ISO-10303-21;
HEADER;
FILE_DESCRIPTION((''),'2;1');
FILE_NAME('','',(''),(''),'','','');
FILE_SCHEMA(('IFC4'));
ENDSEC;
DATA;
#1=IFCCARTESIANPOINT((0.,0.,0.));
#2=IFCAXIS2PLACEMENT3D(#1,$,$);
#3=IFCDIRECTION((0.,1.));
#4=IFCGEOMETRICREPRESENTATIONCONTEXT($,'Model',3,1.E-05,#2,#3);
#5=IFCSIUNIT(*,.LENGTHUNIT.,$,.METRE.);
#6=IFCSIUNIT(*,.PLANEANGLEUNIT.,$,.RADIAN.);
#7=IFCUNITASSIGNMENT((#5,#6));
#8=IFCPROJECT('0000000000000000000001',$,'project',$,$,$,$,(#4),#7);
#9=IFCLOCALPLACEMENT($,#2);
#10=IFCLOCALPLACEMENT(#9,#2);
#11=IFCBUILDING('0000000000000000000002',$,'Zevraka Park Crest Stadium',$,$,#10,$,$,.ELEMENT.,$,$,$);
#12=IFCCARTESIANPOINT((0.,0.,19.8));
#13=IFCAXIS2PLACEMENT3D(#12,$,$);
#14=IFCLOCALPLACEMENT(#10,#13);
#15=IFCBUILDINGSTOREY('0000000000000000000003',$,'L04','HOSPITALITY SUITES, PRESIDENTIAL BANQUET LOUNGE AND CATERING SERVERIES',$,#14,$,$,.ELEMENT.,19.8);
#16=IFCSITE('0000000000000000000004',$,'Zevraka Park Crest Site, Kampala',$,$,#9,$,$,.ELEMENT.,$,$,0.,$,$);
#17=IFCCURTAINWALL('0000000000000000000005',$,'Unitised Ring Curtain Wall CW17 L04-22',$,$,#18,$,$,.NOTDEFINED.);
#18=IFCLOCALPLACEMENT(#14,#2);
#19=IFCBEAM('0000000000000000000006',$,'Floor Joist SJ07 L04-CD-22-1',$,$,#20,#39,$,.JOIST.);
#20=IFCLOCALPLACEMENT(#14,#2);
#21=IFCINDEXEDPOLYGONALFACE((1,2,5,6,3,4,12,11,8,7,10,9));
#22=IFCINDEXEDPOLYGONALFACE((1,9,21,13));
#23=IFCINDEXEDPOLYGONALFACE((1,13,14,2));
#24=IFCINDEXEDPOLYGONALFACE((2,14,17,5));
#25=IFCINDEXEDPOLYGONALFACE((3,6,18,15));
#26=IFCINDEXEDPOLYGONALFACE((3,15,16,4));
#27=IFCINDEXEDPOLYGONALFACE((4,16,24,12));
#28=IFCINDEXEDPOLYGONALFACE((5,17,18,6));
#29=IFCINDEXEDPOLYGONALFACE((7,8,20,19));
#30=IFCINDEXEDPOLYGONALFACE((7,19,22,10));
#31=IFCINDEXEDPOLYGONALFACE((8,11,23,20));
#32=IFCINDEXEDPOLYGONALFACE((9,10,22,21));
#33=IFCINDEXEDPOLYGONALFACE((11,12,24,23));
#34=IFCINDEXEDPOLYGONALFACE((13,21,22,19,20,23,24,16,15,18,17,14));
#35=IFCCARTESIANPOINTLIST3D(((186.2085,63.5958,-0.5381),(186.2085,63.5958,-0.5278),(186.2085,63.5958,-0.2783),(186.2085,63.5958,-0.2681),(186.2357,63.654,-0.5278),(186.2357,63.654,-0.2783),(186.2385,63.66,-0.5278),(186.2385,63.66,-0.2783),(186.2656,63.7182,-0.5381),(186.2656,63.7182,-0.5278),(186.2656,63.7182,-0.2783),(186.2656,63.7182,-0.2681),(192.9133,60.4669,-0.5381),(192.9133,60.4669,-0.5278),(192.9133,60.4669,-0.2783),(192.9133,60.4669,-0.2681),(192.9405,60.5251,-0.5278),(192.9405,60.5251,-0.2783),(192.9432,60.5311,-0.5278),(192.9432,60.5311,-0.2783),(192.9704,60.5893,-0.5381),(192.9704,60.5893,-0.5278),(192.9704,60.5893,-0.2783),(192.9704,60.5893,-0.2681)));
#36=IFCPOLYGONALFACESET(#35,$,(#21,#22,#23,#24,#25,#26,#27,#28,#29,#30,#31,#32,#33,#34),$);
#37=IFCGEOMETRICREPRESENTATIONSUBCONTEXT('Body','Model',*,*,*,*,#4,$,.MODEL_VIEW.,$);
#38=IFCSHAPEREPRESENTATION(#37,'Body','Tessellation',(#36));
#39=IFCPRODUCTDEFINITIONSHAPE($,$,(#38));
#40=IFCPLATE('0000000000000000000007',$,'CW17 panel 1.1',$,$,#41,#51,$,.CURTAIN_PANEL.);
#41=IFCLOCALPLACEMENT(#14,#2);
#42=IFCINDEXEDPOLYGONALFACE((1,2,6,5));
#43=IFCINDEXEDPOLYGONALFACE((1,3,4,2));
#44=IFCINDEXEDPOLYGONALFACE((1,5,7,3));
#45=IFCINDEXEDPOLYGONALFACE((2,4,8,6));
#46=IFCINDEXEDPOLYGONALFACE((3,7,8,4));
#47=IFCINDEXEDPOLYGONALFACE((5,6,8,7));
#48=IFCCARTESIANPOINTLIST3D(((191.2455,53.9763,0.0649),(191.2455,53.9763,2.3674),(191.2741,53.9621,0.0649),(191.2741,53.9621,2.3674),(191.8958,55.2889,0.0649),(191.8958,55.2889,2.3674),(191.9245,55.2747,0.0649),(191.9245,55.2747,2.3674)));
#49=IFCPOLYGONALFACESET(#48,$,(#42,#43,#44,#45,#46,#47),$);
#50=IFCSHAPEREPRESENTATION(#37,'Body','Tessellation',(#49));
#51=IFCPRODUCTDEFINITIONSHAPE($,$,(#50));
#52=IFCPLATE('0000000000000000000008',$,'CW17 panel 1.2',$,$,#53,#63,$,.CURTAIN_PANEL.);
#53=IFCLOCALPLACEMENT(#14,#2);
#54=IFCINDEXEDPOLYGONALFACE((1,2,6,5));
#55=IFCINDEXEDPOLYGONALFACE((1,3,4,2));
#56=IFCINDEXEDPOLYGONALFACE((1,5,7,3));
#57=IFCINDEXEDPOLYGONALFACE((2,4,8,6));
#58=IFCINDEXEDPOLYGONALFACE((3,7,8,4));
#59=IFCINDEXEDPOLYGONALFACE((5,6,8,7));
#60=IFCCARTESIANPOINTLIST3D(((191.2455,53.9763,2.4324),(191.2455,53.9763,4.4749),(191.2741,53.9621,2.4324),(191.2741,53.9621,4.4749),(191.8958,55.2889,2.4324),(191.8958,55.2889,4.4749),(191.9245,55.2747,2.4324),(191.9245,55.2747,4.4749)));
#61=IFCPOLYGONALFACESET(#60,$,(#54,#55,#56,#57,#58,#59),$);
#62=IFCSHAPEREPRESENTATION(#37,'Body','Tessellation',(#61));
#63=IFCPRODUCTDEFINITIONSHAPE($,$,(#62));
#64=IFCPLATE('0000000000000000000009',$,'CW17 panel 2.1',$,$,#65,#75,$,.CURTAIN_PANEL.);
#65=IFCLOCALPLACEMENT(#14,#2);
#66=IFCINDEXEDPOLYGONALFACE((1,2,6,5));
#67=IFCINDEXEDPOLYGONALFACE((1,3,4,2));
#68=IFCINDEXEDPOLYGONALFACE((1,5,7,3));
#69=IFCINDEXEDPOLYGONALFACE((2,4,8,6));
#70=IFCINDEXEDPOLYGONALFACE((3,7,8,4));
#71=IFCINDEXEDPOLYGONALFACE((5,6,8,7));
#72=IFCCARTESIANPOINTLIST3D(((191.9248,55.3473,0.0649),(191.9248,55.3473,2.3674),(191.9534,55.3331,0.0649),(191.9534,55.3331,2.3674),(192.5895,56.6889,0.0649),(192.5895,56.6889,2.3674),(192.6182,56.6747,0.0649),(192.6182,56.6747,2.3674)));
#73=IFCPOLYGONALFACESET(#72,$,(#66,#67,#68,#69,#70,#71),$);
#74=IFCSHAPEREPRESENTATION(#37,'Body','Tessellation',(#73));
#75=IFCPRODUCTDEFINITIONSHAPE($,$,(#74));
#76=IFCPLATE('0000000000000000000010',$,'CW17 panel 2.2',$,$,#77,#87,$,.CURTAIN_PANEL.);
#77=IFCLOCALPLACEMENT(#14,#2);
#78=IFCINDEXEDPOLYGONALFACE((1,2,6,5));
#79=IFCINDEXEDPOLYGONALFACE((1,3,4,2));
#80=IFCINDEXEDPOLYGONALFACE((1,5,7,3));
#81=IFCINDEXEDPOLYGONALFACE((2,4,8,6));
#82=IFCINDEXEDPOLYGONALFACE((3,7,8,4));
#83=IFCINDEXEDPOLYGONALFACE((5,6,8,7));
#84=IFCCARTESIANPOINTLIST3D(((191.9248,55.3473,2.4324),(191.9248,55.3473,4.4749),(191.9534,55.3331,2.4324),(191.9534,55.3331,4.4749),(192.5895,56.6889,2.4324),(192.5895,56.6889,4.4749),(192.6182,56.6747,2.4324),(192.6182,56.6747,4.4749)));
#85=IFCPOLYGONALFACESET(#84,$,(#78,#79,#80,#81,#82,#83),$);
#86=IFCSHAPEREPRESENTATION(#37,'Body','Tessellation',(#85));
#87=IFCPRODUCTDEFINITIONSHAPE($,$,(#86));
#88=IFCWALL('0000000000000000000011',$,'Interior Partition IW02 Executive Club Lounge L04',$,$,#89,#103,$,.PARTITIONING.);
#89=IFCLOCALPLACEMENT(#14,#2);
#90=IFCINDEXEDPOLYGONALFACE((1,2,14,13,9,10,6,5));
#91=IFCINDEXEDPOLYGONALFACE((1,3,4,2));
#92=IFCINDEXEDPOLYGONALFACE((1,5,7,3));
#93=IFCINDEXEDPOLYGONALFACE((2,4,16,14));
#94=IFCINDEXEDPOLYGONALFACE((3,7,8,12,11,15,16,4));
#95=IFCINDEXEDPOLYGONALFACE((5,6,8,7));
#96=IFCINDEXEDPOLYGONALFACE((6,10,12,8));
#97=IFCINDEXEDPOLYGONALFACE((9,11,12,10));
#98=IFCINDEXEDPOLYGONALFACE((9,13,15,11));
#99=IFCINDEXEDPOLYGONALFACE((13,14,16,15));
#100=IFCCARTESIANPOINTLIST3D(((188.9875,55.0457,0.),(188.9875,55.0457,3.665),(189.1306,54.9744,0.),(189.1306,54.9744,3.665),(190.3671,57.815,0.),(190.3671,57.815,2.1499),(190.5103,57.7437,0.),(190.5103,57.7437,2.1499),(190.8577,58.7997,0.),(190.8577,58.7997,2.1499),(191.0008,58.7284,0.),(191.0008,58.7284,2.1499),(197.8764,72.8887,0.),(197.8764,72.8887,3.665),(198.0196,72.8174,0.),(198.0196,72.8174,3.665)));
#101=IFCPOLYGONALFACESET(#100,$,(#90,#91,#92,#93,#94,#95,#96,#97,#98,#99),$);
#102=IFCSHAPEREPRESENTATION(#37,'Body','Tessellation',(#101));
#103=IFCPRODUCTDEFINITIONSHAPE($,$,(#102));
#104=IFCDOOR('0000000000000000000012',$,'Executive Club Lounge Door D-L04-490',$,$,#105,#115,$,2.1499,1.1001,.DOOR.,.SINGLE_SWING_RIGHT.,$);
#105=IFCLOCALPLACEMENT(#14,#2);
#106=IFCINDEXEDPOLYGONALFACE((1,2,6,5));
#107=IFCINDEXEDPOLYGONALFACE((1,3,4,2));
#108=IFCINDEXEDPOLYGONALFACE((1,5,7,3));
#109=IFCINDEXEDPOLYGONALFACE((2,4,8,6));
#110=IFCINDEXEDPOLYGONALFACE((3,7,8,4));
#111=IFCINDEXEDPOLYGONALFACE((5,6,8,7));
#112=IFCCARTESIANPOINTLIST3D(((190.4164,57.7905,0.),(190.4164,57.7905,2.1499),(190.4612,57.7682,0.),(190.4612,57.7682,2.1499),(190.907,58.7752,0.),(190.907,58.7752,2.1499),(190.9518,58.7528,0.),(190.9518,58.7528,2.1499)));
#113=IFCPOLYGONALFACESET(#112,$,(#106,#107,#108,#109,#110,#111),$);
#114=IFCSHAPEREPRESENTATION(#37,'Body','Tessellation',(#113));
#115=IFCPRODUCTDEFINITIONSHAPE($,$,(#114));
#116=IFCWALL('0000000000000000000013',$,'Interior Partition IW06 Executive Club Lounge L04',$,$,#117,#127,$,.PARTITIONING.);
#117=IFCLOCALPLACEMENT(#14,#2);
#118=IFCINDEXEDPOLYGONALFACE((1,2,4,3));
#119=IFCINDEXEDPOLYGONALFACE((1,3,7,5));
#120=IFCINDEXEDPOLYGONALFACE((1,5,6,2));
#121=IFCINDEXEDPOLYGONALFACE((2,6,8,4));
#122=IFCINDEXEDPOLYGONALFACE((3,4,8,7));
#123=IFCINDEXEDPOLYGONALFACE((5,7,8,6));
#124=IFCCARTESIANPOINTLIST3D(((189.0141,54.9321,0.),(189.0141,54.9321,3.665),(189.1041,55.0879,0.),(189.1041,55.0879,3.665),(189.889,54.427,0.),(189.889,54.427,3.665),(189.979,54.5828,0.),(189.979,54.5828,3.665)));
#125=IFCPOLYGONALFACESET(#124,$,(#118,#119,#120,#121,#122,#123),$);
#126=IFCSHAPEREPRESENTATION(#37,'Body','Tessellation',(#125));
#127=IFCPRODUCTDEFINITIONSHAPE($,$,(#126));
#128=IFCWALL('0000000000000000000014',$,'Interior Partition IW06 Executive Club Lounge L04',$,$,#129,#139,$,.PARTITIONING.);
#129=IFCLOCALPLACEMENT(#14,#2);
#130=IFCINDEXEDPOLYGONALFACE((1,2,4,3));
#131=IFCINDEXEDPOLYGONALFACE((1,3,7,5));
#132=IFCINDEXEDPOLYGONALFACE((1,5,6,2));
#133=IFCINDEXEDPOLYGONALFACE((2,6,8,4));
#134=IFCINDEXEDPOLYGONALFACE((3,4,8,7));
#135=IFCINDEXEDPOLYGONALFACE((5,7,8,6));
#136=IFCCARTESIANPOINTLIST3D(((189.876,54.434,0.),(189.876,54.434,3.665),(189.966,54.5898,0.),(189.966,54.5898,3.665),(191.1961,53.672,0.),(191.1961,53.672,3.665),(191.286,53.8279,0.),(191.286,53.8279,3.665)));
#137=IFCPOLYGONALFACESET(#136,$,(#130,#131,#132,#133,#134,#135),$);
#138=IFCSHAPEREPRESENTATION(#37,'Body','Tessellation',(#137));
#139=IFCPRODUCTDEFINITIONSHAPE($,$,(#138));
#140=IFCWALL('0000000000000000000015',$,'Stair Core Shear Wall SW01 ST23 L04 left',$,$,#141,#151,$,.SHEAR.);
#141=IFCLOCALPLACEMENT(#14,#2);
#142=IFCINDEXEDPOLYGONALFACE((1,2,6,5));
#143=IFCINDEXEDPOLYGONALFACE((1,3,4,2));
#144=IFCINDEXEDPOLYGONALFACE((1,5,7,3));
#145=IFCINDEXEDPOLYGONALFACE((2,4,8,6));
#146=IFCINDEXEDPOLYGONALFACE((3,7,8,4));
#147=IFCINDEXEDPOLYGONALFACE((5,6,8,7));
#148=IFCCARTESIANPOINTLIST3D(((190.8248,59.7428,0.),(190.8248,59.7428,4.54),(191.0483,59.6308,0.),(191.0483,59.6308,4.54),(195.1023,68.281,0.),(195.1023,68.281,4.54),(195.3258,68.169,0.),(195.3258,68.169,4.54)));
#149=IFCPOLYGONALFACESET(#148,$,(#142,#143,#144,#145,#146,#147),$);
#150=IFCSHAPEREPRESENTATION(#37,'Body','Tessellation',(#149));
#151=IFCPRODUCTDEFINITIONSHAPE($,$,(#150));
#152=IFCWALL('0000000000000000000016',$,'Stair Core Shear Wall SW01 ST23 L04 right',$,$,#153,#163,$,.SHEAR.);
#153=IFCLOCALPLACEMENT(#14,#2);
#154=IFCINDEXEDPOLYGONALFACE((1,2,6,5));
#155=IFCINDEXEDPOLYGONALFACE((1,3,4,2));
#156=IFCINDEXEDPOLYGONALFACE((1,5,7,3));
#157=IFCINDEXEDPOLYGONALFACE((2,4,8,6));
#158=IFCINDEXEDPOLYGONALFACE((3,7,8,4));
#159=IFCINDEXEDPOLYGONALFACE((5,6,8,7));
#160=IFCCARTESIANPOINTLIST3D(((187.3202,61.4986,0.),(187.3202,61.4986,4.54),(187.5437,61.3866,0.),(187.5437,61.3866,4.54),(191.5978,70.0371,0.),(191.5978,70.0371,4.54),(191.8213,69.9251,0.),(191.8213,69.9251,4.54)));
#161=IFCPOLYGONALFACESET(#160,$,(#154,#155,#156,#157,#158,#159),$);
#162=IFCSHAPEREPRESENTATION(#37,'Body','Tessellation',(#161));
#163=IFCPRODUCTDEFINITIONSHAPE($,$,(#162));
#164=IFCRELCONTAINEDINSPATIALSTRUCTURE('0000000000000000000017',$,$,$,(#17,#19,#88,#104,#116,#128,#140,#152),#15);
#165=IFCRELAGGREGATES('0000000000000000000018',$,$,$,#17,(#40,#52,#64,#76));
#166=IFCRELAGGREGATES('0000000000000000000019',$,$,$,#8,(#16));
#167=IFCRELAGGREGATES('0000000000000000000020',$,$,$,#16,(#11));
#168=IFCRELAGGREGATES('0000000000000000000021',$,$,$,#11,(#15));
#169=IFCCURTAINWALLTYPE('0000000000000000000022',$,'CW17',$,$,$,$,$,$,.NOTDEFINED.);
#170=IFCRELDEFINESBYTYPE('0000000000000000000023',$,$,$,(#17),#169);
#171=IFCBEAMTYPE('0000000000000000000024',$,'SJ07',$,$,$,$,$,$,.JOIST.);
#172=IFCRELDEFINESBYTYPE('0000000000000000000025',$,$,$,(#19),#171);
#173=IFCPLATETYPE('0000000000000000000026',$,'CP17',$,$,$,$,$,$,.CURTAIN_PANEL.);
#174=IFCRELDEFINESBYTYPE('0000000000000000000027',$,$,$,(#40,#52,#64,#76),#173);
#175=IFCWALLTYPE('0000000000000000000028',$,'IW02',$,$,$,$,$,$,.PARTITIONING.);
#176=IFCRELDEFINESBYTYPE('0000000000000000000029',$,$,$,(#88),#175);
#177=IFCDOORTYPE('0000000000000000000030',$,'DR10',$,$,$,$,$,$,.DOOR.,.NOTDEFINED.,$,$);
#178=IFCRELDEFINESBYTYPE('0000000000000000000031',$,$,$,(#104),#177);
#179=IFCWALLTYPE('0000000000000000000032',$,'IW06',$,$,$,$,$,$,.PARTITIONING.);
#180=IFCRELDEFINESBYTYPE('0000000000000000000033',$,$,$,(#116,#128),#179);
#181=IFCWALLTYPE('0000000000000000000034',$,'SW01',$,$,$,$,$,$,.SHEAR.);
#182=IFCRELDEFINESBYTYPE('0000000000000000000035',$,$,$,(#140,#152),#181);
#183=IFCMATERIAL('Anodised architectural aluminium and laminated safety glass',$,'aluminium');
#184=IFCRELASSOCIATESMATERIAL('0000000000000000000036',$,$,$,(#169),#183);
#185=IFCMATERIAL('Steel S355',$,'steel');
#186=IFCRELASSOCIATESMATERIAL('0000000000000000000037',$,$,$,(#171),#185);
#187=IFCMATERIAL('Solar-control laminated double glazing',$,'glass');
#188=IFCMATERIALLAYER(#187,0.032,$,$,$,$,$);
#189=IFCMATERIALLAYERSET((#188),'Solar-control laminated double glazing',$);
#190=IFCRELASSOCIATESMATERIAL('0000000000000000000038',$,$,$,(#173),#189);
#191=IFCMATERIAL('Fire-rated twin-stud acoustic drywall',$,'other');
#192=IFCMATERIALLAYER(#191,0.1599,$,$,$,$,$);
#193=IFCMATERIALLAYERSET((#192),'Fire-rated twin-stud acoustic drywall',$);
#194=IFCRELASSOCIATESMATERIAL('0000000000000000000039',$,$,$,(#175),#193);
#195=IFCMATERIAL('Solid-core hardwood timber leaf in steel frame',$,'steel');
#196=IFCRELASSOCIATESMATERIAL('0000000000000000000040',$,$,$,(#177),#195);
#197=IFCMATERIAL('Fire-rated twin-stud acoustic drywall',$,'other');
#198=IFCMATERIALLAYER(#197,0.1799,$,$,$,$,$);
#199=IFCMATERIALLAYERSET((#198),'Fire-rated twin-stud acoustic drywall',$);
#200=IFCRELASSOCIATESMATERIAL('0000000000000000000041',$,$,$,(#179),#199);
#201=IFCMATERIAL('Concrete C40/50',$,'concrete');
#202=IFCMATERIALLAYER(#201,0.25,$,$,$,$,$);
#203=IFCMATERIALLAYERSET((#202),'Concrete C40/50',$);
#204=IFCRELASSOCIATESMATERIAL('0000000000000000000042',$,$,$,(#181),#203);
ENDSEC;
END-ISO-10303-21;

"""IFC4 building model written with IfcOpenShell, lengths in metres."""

from ifc_helpers import new_model, si_unit, direction, frame, frame_2d, origin, origin_2d, place, context, subcontext, project, spatial, rectangle, i_section, extrude, material, layer, layer_set, material_profile, profile_set, type_object, element, fill, aggregate, save


model = new_model("IFC4")

# Units and contexts
model_context = context("Model", 3, precision=1e-05, world=origin(), true_north=direction((0.0, 1.0)))
body_context = subcontext(model_context, "Body", "Model", "MODEL_VIEW")
ifc_project = project(units=[si_unit("LENGTHUNIT", "METRE"), si_unit("PLANEANGLEUNIT", "RADIAN")], contexts=[model_context])

# Site, building, storey
site_placement = place(None, origin())
site = spatial("IfcSite", under=ifc_project, at=site_placement, Name="Zevraka Park Crest Site, Kampala", CompositionType="ELEMENT", RefElevation=0.0)
building_placement = place(site_placement, origin())
building = spatial("IfcBuilding", under=site, at=building_placement, Name="Zevraka Park Crest Stadium", CompositionType="ELEMENT")
storey_placement = place(building_placement, frame((0.0, 0.0, 19.8)))
storey = spatial("IfcBuildingStorey", under=building, at=storey_placement, Name="L04", Description="HOSPITALITY SUITES, PRESIDENTIAL BANQUET LOUNGE AND CATERING SERVERIES", CompositionType="ELEMENT", Elevation=19.8)

# Curtain wall
ifc_material_1 = material(Name="Anodised architectural aluminium and laminated safety glass", Category="aluminium")
curtain_wall_type = type_object("IfcCurtainWallType", Name="CW17", PredefinedType="NOTDEFINED", material=ifc_material_1)
curtain_wall_placement = place(storey_placement, origin())
curtain_wall = element("IfcCurtainWall", 1, at=curtain_wall_placement, inside=storey, type_object=curtain_wall_type, Name="Unitised Ring Curtain Wall CW17 L04-22", PredefinedType="NOTDEFINED")

# Beam
ifc_material_2 = material(Name="Steel S355", Category="steel")
ifc_material_profile_1 = material_profile(ifc_material_2, i_section(OverallWidth=0.135, OverallDepth=0.27, WebThickness=0.0066, FlangeThickness=0.0103, at=origin_2d()), Name="IPE 270")
ifc_profile_set_1 = profile_set([ifc_material_profile_1], Name="Steel S355")
beam_type_1 = type_object("IfcBeamType", Name="SJ07", PredefinedType="JOIST", material=ifc_profile_set_1)
beam_1_placement = place(storey_placement, frame((186.2371, 63.657, -0.4031), z_axis=(0.906184, -0.422884, 0.0), x_axis=(0.422884, 0.906184, 0.0)))
element("IfcBeam", 2, at=beam_1_placement, inside=storey, type_object=beam_type_1, Name="Floor Joist SJ07 L04-CD-22-1", PredefinedType="JOIST", context=body_context, shape_type="SweptSolid", body=[
    extrude(i_section(OverallWidth=0.135, OverallDepth=0.27, WebThickness=0.0066, FlangeThickness=0.0103, at=origin_2d()), origin(), (0.0, 0.0, 1.0), 7.3989),
])

# Plates
ifc_material_3 = material(Name="Solar-control laminated double glazing", Category="glass")
ifc_layer_1 = layer(ifc_material_3, 0.032)
ifc_layer_set_1 = layer_set([ifc_layer_1], Name="Solar-control laminated double glazing")
plate_type = type_object("IfcPlateType", Name="CP17", PredefinedType="CURTAIN_PANEL", material=ifc_layer_set_1)
plate_1_placement = place(storey_placement, frame((191.585, 54.6255, 0.0649), z_axis=(0.0, 0.0, 1.0), x_axis=(0.443961, 0.896046, 0.0)))
plate_1 = element("IfcPlate", 3, at=plate_1_placement, type_object=plate_type, Name="CW17 panel 1.1", PredefinedType="CURTAIN_PANEL", context=body_context, shape_type="SweptSolid", body=[
    extrude(rectangle(XDim=1.4648, YDim=0.032, at=origin_2d()), origin(), (0.0, 0.0, 1.0), 2.3025),
])
plate_2_placement = place(storey_placement, frame((191.585, 54.6255, 2.4324), z_axis=(0.0, 0.0, 1.0), x_axis=(0.443961, 0.896046, 0.0)))
plate_2 = element("IfcPlate", 4, at=plate_2_placement, type_object=plate_type, Name="CW17 panel 1.2", PredefinedType="CURTAIN_PANEL", context=body_context, shape_type="SweptSolid", body=[
    extrude(rectangle(XDim=1.4648, YDim=0.032, at=origin_2d()), origin(), (0.0, 0.0, 1.0), 2.0425),
])
plate_3_placement = place(storey_placement, frame((192.2715, 56.011, 0.0649), z_axis=(0.0, 0.0, 1.0), x_axis=(0.443961, 0.896046, 0.0)))
plate_3 = element("IfcPlate", 5, at=plate_3_placement, type_object=plate_type, Name="CW17 panel 2.1", PredefinedType="CURTAIN_PANEL", context=body_context, shape_type="SweptSolid", body=[
    extrude(rectangle(XDim=1.4973, YDim=0.032, at=origin_2d()), origin(), (0.0, 0.0, 1.0), 2.3025),
])
plate_4_placement = place(storey_placement, frame((192.2715, 56.011, 2.4324), z_axis=(0.0, 0.0, 1.0), x_axis=(0.443961, 0.896046, 0.0)))
plate_4 = element("IfcPlate", 6, at=plate_4_placement, type_object=plate_type, Name="CW17 panel 2.2", PredefinedType="CURTAIN_PANEL", context=body_context, shape_type="SweptSolid", body=[
    extrude(rectangle(XDim=1.4973, YDim=0.032, at=origin_2d()), origin(), (0.0, 0.0, 1.0), 2.0425),
])
aggregate(curtain_wall, [plate_1, plate_2, plate_3, plate_4])

# Wall, opening, door
ifc_material_4 = material(Name="Fire-rated twin-stud acoustic drywall", Category="other")
ifc_layer_2 = layer(ifc_material_4, 0.1599)
ifc_layer_set_2 = layer_set([ifc_layer_2], Name="Fire-rated twin-stud acoustic drywall")
wall_type_1 = type_object("IfcWallType", Name="IW02", PredefinedType="PARTITIONING", material=ifc_layer_set_2)
wall_1_placement = place(storey_placement, frame((189.0591, 55.01, 0.0), z_axis=(0.0, 0.0, 1.0), x_axis=(0.445905, 0.89508, 0.0)))
wall_1 = element("IfcWall", 7, at=wall_1_placement, inside=storey, type_object=wall_type_1, Name="Interior Partition IW02 Executive Club Lounge L04", PredefinedType="PARTITIONING", context=body_context, shape_type="SweptSolid", body=[
    extrude(rectangle(XDim=19.9346, YDim=0.1599, at=frame_2d((9.9673, 0.0))), origin(), (0.0, 0.0, 1.0), 3.665),
])
opening_1_placement = place(wall_1_placement, frame((3.094, 0.0, 0.0)))
opening_1 = element("IfcOpeningElement", 8, at=opening_1_placement, cuts=wall_1, PredefinedType="OPENING", context=body_context, shape_type="SweptSolid", body=[
    extrude(rectangle(XDim=1.1001, YDim=2.1499, at=frame_2d((0.55, 1.075))), frame((0.0, 0.0898, 0.0), z_axis=(0.0, -1.0, 0.0), x_axis=(1.0, 0.0, 0.0)), (0.0, 0.0, 1.0), 0.1799),
])
ifc_material_5 = material(Name="Solid-core hardwood timber leaf in steel frame", Category="steel")
door_type_1 = type_object("IfcDoorType", Name="DR10", OperationType="NOTDEFINED", PredefinedType="DOOR", material=ifc_material_5)
door_1_placement = place(opening_1_placement, origin())
door_1 = element("IfcDoor", 9, at=door_1_placement, inside=storey, type_object=door_type_1, Name="Executive Club Lounge Door D-L04-490", OperationType="SINGLE_SWING_RIGHT", OverallHeight=2.1499, OverallWidth=1.1001, PredefinedType="DOOR", context=body_context, shape_type="SweptSolid", body=[
    extrude(rectangle(XDim=1.1001, YDim=2.1499, at=frame_2d((0.55, 1.075))), frame((0.0, 0.0249, 0.0), z_axis=(0.0, -1.0, 0.0), x_axis=(1.0, 0.0, 0.0)), (0.0, 0.0, 1.0), 0.05),
])
fill(opening_1, door_1)

# Walls
ifc_material_6 = material(Name="Fire-rated twin-stud acoustic drywall", Category="other")
ifc_layer_3 = layer(ifc_material_6, 0.1799)
ifc_layer_set_3 = layer_set([ifc_layer_3], Name="Fire-rated twin-stud acoustic drywall")
wall_type_2 = type_object("IfcWallType", Name="IW06", PredefinedType="PARTITIONING", material=ifc_layer_set_3)
wall_2_placement = place(storey_placement, frame((189.0591, 55.01, 0.0), z_axis=(0.0, 0.0, 1.0), x_axis=(0.866049, -0.49996, 0.0)))
element("IfcWall", 10, at=wall_2_placement, inside=storey, type_object=wall_type_2, Name="Interior Partition IW06 Executive Club Lounge L04", PredefinedType="PARTITIONING", context=body_context, shape_type="SweptSolid", body=[
    extrude(rectangle(XDim=1.0103, YDim=0.1799, at=frame_2d((0.5051, 0.0))), origin(), (0.0, 0.0, 1.0), 3.665),
])
wall_3_placement = place(storey_placement, frame((189.9209, 54.512, 0.0), z_axis=(0.0, 0.0, 1.0), x_axis=(0.866076, -0.499912, 0.0)))
element("IfcWall", 11, at=wall_3_placement, inside=storey, type_object=wall_type_2, Name="Interior Partition IW06 Executive Club Lounge L04", PredefinedType="PARTITIONING", context=body_context, shape_type="SweptSolid", body=[
    extrude(rectangle(XDim=1.5242, YDim=0.1799, at=frame_2d((0.7622, 0.0))), origin(), (0.0, 0.0, 1.0), 3.665),
])
ifc_material_7 = material(Name="Concrete C40/50", Category="concrete")
ifc_layer_4 = layer(ifc_material_7, 0.25)
ifc_layer_set_4 = layer_set([ifc_layer_4], Name="Concrete C40/50")
wall_type_3 = type_object("IfcWallType", Name="SW01", PredefinedType="SHEAR", material=ifc_layer_set_4)
wall_4_placement = place(storey_placement, frame((190.9365, 59.6868, 0.0), z_axis=(0.0, 0.0, 1.0), x_axis=(0.447919, 0.894074, 0.0)))
element("IfcWall", 12, at=wall_4_placement, inside=storey, type_object=wall_type_3, Name="Stair Core Shear Wall SW01 ST23 L04 left", PredefinedType="SHEAR", context=body_context, shape_type="SweptSolid", body=[
    extrude(rectangle(XDim=9.5498, YDim=0.25, at=frame_2d((4.7749, 0.0))), origin(), (0.0, 0.0, 1.0), 4.54),
])
wall_5_placement = place(storey_placement, frame((191.7095, 69.981, 0.0), z_axis=(0.0, 0.0, 1.0), x_axis=(-0.447909, -0.894079, 0.0)))
element("IfcWall", 13, at=wall_5_placement, inside=storey, type_object=wall_type_3, Name="Stair Core Shear Wall SW01 ST23 L04 right", PredefinedType="SHEAR", context=body_context, shape_type="SweptSolid", body=[
    extrude(rectangle(XDim=9.55, YDim=0.25, at=frame_2d((4.7749, 0.0))), origin(), (0.0, 0.0, 1.0), 4.54),
])

save(model, "model.ifc")
